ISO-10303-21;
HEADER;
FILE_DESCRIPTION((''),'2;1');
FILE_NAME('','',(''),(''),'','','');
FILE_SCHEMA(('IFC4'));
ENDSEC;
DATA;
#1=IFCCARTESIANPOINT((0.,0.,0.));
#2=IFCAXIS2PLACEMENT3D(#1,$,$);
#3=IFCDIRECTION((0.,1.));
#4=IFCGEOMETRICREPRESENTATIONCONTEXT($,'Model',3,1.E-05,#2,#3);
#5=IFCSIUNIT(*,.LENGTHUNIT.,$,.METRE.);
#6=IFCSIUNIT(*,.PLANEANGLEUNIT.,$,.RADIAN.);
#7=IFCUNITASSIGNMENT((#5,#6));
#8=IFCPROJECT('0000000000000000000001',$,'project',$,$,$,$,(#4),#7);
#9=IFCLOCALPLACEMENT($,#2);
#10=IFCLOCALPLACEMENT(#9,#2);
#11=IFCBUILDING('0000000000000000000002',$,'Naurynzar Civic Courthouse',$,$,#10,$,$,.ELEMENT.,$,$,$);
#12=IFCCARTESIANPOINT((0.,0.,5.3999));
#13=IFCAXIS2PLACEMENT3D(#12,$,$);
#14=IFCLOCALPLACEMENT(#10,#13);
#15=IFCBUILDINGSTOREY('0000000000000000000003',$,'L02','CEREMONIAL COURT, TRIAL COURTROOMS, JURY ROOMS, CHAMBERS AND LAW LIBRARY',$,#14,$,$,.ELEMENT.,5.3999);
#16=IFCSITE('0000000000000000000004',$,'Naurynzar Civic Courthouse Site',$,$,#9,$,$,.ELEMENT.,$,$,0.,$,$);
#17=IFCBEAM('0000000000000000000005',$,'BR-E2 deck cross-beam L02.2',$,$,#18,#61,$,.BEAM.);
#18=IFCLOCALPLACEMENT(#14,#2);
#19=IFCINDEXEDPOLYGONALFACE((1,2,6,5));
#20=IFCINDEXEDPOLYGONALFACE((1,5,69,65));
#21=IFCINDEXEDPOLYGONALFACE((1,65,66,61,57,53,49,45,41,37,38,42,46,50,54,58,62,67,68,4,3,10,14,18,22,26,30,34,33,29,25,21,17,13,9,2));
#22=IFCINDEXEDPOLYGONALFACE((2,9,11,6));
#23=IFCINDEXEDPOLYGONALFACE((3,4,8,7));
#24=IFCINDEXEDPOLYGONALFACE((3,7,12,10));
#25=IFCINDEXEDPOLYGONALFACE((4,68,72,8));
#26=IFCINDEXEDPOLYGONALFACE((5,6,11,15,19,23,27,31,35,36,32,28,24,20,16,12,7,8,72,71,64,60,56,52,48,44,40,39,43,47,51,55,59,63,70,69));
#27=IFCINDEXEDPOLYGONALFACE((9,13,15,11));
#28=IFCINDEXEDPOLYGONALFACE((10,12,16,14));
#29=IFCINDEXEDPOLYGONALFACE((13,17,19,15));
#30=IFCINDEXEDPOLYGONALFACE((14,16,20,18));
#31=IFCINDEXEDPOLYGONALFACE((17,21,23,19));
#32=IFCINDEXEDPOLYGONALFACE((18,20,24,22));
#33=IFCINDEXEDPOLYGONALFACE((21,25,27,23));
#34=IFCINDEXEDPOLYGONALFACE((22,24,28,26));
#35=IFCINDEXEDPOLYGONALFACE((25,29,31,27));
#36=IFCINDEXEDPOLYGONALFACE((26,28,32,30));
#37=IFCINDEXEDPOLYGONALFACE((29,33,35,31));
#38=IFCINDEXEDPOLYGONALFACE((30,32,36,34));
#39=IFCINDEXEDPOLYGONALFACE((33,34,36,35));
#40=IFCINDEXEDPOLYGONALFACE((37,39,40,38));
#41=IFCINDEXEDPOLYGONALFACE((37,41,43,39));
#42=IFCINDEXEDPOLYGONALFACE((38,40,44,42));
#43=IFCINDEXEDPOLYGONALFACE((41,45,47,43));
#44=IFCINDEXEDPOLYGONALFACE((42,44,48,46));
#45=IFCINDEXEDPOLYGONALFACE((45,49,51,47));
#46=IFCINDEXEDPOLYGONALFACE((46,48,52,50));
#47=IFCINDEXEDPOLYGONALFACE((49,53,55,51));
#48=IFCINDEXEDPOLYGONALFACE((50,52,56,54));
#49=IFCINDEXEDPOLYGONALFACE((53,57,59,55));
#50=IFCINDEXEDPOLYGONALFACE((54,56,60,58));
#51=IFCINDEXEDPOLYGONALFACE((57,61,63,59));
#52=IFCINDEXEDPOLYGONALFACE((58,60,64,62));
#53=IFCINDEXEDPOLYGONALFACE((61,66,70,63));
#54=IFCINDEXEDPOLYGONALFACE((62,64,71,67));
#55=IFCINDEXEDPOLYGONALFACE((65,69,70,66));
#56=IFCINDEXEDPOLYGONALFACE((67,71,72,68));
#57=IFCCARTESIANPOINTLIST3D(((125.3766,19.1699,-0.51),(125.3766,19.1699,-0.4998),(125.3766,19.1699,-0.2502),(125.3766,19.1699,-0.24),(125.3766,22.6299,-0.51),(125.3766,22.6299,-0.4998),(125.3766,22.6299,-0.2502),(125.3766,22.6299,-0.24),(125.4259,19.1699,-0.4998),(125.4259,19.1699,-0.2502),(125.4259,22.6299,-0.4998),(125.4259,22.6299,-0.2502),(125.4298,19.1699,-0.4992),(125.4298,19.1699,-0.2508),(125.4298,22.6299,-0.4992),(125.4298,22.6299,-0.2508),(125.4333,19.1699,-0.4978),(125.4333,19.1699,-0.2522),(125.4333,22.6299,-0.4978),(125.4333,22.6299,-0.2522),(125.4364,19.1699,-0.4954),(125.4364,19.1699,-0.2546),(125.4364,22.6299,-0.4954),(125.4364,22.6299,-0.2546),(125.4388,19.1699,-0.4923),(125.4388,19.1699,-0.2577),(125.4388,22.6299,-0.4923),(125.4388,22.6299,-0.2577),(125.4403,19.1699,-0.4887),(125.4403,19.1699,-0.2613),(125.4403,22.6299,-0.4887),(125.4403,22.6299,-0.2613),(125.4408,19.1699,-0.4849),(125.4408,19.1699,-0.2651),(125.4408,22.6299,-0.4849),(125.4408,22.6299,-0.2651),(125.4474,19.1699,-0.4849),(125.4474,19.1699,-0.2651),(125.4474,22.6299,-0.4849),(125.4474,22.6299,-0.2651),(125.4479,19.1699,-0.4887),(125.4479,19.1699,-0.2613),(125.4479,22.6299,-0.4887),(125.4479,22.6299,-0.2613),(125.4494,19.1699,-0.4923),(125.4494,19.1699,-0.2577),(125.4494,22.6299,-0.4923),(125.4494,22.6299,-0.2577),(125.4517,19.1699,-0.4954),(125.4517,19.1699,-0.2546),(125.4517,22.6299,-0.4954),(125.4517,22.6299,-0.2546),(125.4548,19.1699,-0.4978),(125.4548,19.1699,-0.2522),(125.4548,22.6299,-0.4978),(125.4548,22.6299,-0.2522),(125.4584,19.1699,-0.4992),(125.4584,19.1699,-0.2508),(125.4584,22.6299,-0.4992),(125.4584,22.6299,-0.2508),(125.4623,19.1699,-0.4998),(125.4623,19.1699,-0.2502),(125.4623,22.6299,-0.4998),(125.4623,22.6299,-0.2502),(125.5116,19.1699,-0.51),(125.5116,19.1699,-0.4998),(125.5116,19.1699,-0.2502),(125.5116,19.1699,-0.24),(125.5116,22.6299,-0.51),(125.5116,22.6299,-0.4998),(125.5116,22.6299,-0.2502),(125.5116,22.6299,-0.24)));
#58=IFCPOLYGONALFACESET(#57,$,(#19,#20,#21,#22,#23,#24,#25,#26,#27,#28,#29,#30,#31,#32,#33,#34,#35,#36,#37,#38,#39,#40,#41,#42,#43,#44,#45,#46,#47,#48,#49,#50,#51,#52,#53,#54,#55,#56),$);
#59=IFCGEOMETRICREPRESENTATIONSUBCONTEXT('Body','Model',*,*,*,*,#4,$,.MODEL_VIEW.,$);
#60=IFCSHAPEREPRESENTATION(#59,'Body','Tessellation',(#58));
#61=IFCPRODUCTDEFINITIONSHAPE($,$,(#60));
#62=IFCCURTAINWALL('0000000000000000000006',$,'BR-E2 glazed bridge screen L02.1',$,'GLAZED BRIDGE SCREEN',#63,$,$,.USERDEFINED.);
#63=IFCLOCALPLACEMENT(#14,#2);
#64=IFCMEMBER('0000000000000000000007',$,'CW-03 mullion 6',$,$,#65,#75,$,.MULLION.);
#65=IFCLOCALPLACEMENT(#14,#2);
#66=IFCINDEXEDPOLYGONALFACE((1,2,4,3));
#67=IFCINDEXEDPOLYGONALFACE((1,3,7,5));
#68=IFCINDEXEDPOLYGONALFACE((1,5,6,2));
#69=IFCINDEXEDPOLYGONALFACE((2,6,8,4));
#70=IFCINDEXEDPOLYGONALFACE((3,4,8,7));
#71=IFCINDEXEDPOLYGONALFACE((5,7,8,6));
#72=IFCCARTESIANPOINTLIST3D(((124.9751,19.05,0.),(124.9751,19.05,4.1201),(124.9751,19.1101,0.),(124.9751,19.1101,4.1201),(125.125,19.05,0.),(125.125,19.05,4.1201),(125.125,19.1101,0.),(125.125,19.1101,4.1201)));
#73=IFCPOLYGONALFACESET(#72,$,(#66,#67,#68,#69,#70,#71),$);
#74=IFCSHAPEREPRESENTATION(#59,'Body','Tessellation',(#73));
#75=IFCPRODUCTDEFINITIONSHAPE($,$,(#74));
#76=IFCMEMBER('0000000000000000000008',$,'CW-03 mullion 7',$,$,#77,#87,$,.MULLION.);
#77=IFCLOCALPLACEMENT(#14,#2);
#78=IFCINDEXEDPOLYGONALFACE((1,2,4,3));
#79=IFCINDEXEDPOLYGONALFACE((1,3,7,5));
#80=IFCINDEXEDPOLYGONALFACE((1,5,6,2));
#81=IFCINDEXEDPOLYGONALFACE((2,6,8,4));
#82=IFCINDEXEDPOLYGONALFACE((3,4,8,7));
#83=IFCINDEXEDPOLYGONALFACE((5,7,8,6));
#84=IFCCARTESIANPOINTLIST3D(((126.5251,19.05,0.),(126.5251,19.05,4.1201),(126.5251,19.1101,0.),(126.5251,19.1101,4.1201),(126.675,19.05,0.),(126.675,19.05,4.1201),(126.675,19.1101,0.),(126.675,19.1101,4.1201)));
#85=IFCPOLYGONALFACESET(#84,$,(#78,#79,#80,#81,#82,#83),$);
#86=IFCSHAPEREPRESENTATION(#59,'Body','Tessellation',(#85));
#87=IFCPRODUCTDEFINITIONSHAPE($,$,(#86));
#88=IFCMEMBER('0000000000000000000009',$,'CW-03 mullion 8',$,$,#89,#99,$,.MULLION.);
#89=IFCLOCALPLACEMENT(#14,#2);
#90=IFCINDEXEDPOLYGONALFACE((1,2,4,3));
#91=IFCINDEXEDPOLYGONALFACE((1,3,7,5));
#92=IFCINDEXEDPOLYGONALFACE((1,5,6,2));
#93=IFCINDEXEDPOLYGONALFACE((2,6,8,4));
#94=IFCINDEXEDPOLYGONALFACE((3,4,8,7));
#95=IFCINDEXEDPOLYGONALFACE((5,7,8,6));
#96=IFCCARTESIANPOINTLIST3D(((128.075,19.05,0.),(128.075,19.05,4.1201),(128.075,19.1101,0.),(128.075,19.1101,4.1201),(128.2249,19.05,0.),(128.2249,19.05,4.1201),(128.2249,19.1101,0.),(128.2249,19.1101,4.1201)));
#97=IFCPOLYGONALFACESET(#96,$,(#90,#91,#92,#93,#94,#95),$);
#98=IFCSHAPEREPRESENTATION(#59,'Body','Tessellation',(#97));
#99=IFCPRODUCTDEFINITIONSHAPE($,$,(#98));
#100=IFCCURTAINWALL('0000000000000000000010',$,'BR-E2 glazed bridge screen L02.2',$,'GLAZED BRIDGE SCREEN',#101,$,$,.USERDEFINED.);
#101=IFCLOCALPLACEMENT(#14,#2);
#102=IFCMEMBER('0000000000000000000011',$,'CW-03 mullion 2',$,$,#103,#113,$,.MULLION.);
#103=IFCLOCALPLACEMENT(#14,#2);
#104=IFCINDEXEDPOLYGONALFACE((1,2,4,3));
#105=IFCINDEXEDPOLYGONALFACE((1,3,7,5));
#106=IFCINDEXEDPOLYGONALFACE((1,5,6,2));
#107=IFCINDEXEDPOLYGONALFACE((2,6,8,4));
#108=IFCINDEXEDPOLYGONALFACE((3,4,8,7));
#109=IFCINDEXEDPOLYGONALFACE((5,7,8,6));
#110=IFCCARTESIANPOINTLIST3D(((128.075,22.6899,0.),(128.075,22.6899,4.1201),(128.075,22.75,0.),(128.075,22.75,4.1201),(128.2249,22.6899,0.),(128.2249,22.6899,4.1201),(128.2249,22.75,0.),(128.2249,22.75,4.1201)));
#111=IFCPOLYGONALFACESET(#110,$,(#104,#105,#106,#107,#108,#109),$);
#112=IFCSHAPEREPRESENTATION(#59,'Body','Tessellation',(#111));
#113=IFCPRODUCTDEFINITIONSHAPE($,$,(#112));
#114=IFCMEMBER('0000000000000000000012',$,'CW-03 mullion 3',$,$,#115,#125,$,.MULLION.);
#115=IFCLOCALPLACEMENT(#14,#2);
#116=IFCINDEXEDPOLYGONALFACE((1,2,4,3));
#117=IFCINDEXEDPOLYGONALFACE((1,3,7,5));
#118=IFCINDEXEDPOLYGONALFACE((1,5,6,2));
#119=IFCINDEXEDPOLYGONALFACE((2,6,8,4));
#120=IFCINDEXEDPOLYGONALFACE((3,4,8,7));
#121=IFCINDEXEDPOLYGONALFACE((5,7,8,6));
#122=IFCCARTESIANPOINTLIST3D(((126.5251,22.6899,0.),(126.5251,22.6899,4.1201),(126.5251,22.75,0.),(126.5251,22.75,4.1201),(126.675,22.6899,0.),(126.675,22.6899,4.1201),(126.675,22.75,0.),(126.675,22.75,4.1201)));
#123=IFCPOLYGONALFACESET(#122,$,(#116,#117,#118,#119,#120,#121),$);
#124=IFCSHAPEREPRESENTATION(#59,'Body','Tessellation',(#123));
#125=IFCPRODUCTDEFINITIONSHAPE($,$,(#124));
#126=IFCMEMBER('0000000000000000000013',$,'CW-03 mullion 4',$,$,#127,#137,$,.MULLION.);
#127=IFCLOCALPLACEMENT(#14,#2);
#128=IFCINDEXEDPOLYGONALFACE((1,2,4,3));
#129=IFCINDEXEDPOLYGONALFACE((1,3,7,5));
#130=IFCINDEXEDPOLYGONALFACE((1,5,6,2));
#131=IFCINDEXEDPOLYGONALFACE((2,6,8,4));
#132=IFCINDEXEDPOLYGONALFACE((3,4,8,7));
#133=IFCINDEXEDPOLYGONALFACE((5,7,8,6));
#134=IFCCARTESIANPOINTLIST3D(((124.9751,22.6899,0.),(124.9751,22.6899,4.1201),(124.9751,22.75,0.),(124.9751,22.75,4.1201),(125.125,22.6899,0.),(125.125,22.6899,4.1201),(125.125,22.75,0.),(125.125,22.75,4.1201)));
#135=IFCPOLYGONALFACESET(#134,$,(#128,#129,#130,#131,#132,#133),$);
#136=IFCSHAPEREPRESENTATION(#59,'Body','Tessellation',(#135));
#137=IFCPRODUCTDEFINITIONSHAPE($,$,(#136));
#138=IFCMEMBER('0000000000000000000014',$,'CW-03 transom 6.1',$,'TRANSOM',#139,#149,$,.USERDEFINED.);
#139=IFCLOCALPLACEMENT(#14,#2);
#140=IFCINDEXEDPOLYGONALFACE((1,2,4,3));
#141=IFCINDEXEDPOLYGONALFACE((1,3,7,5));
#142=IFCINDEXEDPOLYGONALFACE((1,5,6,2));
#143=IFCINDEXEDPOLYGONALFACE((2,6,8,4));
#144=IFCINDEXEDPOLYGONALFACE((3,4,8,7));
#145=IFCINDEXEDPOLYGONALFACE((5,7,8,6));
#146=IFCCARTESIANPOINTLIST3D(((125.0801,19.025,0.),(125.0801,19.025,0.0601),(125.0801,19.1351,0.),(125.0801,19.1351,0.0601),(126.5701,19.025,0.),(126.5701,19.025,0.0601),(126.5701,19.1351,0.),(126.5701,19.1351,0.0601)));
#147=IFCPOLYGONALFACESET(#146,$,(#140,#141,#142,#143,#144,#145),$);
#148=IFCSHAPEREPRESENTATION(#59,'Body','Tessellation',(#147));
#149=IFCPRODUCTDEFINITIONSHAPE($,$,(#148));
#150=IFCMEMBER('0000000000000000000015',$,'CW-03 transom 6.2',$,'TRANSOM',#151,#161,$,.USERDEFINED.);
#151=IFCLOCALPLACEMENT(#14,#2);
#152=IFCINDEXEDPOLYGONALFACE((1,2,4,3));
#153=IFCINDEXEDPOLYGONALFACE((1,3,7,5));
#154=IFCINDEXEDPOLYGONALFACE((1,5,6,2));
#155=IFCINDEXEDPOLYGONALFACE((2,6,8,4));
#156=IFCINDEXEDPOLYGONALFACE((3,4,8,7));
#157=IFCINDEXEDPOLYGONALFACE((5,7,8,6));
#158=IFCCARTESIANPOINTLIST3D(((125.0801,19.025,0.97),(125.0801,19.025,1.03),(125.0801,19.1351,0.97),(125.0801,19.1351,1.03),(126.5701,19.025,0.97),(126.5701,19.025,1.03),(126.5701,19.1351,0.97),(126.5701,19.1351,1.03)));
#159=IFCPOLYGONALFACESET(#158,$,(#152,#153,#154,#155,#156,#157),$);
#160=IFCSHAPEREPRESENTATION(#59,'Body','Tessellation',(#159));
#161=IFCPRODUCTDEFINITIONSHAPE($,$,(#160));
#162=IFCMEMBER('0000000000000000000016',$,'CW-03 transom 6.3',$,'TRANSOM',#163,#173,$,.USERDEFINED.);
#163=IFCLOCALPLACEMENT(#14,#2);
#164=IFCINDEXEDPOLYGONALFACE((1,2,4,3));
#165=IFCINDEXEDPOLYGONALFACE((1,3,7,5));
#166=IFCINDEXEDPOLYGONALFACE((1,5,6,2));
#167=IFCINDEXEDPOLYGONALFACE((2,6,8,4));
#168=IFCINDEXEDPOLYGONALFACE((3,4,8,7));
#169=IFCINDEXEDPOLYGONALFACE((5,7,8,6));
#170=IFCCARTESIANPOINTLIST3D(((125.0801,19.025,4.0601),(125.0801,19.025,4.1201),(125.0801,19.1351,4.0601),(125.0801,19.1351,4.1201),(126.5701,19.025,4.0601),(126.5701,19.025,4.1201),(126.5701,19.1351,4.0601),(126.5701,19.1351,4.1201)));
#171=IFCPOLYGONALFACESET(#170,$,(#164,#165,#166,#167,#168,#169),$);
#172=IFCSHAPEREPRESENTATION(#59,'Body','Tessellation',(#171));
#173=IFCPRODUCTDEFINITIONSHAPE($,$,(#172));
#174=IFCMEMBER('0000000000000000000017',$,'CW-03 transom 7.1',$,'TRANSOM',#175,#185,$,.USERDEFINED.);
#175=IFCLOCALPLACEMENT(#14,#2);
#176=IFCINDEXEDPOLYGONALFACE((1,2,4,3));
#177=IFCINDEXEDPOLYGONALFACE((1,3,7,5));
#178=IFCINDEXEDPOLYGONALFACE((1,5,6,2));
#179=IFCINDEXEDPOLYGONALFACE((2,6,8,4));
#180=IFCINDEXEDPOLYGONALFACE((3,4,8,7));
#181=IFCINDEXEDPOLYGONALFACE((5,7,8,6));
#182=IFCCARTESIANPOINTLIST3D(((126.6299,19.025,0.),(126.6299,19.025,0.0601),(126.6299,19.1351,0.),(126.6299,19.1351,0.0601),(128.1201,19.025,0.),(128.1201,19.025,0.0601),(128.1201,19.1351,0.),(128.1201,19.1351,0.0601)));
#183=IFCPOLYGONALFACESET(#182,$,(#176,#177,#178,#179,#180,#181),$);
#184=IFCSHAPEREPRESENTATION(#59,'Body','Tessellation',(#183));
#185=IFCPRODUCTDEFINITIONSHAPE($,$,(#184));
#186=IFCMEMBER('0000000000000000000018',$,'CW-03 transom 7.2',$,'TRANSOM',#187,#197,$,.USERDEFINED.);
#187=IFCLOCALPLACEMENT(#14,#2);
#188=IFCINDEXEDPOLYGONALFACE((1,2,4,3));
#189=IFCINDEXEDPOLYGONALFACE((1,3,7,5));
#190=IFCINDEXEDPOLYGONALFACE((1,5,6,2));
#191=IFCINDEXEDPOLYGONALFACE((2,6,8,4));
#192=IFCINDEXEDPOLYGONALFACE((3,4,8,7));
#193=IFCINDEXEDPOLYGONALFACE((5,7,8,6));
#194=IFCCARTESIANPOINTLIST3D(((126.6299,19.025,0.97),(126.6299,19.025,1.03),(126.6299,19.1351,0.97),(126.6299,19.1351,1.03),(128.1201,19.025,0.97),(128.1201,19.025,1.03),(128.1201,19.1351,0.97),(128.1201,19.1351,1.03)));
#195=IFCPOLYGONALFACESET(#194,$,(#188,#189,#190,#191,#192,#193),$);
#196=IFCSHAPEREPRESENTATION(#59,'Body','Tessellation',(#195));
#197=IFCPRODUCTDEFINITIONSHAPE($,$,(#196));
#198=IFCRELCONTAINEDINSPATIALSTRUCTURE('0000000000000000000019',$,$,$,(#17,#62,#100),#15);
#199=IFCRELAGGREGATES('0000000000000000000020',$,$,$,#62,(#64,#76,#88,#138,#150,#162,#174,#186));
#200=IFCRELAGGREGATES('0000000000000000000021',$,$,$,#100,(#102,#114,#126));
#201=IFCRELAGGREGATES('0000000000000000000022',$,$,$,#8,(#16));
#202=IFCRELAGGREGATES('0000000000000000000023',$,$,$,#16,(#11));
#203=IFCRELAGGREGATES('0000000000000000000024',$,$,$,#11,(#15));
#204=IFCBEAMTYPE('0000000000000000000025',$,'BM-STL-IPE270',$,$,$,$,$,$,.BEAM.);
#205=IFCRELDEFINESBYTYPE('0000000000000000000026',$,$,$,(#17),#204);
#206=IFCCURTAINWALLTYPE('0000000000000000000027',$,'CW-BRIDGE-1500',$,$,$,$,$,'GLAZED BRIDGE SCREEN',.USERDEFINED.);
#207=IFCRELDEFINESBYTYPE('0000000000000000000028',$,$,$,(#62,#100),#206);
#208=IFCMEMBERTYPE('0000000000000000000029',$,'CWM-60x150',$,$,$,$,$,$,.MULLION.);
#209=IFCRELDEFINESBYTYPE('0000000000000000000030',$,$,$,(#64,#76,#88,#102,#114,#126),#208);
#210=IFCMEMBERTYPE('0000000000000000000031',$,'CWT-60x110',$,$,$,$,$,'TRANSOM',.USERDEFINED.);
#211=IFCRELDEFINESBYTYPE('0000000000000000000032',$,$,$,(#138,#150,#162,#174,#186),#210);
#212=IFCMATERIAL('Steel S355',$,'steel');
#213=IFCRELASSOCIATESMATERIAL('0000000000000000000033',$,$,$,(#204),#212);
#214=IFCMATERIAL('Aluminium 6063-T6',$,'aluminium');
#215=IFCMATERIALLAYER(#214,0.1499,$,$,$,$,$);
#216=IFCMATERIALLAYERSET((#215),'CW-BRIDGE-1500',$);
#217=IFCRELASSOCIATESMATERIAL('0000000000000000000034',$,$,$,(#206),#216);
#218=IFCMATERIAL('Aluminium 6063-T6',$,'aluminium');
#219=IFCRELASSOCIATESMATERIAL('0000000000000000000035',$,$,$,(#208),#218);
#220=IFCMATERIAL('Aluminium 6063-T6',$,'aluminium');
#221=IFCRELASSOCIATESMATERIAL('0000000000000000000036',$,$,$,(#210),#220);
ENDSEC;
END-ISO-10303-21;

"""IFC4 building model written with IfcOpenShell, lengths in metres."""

from ifc_helpers import new_model, si_unit, direction, frame, origin, origin_2d, place, context, subcontext, project, spatial, rectangle, i_section, extrude, material, layer, layer_set, material_profile, profile_set, type_object, element, aggregate, save


model = new_model("IFC4")

# Units and contexts
model_context = context("Model", 3, precision=1e-05, world=origin(), true_north=direction((0.0, 1.0)))
body_context = subcontext(model_context, "Body", "Model", "MODEL_VIEW")
ifc_project = project(units=[si_unit("LENGTHUNIT", "METRE"), si_unit("PLANEANGLEUNIT", "RADIAN")], contexts=[model_context])

# Site, building, storey
site_placement = place(None, origin())
site = spatial("IfcSite", under=ifc_project, at=site_placement, Name="Naurynzar Civic Courthouse Site", CompositionType="ELEMENT", RefElevation=0.0)
building_placement = place(site_placement, origin())
building = spatial("IfcBuilding", under=site, at=building_placement, Name="Naurynzar Civic Courthouse", CompositionType="ELEMENT")
storey_placement = place(building_placement, frame((0.0, 0.0, 5.3999)))
storey = spatial("IfcBuildingStorey", under=building, at=storey_placement, Name="L02", Description="CEREMONIAL COURT, TRIAL COURTROOMS, JURY ROOMS, CHAMBERS AND LAW LIBRARY", CompositionType="ELEMENT", Elevation=5.3999)

# Beam
ifc_material_1 = material(Name="Steel S355", Category="steel")
ifc_material_profile_1 = material_profile(ifc_material_1, i_section(OverallWidth=0.135, OverallDepth=0.27, WebThickness=0.0066, FlangeThickness=0.0103, FilletRadius=0.0149, at=origin_2d()), Name="IPE 270")
ifc_profile_set_1 = profile_set([ifc_material_profile_1], Name="Steel S355")
beam_type = type_object("IfcBeamType", Name="BM-STL-IPE270", PredefinedType="BEAM", material=ifc_profile_set_1)
beam_placement = place(storey_placement, frame((125.4441, 19.1699, -0.375), z_axis=(0.0, 1.0, 0.0), x_axis=(-1.0, 0.0, 0.0)))
element("IfcBeam", 1, at=beam_placement, inside=storey, type_object=beam_type, Name="BR-E2 deck cross-beam L02.2", PredefinedType="BEAM", context=body_context, shape_type="SweptSolid", body=[
    extrude(i_section(OverallWidth=0.135, OverallDepth=0.27, WebThickness=0.0066, FlangeThickness=0.0103, FilletRadius=0.0149, at=origin_2d()), origin(), (0.0, 0.0, 1.0), 3.46),
])

# Curtain walls, members
ifc_material_2 = material(Name="Aluminium 6063-T6", Category="aluminium")
ifc_layer_1 = layer(ifc_material_2, 0.1499)
ifc_layer_set_1 = layer_set([ifc_layer_1], Name="CW-BRIDGE-1500")
curtain_wall_type = type_object("IfcCurtainWallType", Name="CW-BRIDGE-1500", ElementType="GLAZED BRIDGE SCREEN", PredefinedType="USERDEFINED", material=ifc_layer_set_1)
curtain_wall_1_placement = place(storey_placement, origin())
curtain_wall_1 = element("IfcCurtainWall", 2, at=curtain_wall_1_placement, inside=storey, type_object=curtain_wall_type, Name="BR-E2 glazed bridge screen L02.1", ObjectType="GLAZED BRIDGE SCREEN", PredefinedType="USERDEFINED")
ifc_material_3 = material(Name="Aluminium 6063-T6", Category="aluminium")
ifc_material_profile_2 = material_profile(ifc_material_3, rectangle(XDim=0.0601, YDim=0.1499, at=origin_2d()), Name="ALU MULLION 60x150")
ifc_profile_set_2 = profile_set([ifc_material_profile_2], Name="Aluminium 6063-T6")
member_type_1 = type_object("IfcMemberType", Name="CWM-60x150", PredefinedType="MULLION", material=ifc_profile_set_2)
member_1_placement = place(storey_placement, frame((125.05, 19.0801, 0.0), z_axis=(0.0, 0.0, 1.0), x_axis=(0.0, 1.0, 0.0)))
member_1 = element("IfcMember", 3, at=member_1_placement, type_object=member_type_1, Name="CW-03 mullion 6", PredefinedType="MULLION", context=body_context, shape_type="SweptSolid", body=[
    extrude(rectangle(XDim=0.0601, YDim=0.1499, at=origin_2d()), origin(), (0.0, 0.0, 1.0), 4.1201),
])
member_2_placement = place(storey_placement, frame((126.6001, 19.0801, 0.0), z_axis=(0.0, 0.0, 1.0), x_axis=(0.0, 1.0, 0.0)))
member_2 = element("IfcMember", 4, at=member_2_placement, type_object=member_type_1, Name="CW-03 mullion 7", PredefinedType="MULLION", context=body_context, shape_type="SweptSolid", body=[
    extrude(rectangle(XDim=0.0601, YDim=0.1499, at=origin_2d()), origin(), (0.0, 0.0, 1.0), 4.1201),
])
member_3_placement = place(storey_placement, frame((128.1499, 19.0801, 0.0), z_axis=(0.0, 0.0, 1.0), x_axis=(0.0, 1.0, 0.0)))
member_3 = element("IfcMember", 5, at=member_3_placement, type_object=member_type_1, Name="CW-03 mullion 8", PredefinedType="MULLION", context=body_context, shape_type="SweptSolid", body=[
    extrude(rectangle(XDim=0.0601, YDim=0.1499, at=origin_2d()), origin(), (0.0, 0.0, 1.0), 4.1201),
])
curtain_wall_2_placement = place(storey_placement, origin())
curtain_wall_2 = element("IfcCurtainWall", 6, at=curtain_wall_2_placement, inside=storey, type_object=curtain_wall_type, Name="BR-E2 glazed bridge screen L02.2", ObjectType="GLAZED BRIDGE SCREEN", PredefinedType="USERDEFINED")
member_4_placement = place(storey_placement, frame((128.1499, 22.72, 0.0), z_axis=(0.0, 0.0, 1.0), x_axis=(0.0, -1.0, 0.0)))
member_4 = element("IfcMember", 7, at=member_4_placement, type_object=member_type_1, Name="CW-03 mullion 2", PredefinedType="MULLION", context=body_context, shape_type="SweptSolid", body=[
    extrude(rectangle(XDim=0.0601, YDim=0.1499, at=origin_2d()), origin(), (0.0, 0.0, 1.0), 4.1201),
])
member_5_placement = place(storey_placement, frame((126.6001, 22.72, 0.0), z_axis=(0.0, 0.0, 1.0), x_axis=(0.0, -1.0, 0.0)))
member_5 = element("IfcMember", 8, at=member_5_placement, type_object=member_type_1, Name="CW-03 mullion 3", PredefinedType="MULLION", context=body_context, shape_type="SweptSolid", body=[
    extrude(rectangle(XDim=0.0601, YDim=0.1499, at=origin_2d()), origin(), (0.0, 0.0, 1.0), 4.1201),
])
member_6_placement = place(storey_placement, frame((125.05, 22.72, 0.0), z_axis=(0.0, 0.0, 1.0), x_axis=(0.0, -1.0, 0.0)))
member_6 = element("IfcMember", 9, at=member_6_placement, type_object=member_type_1, Name="CW-03 mullion 4", PredefinedType="MULLION", context=body_context, shape_type="SweptSolid", body=[
    extrude(rectangle(XDim=0.0601, YDim=0.1499, at=origin_2d()), origin(), (0.0, 0.0, 1.0), 4.1201),
])

# Members
ifc_material_4 = material(Name="Aluminium 6063-T6", Category="aluminium")
ifc_material_profile_3 = material_profile(ifc_material_4, rectangle(XDim=0.1101, YDim=0.0601, at=origin_2d()), Name="ALU TRANSOM 60x110")
ifc_profile_set_3 = profile_set([ifc_material_profile_3], Name="Aluminium 6063-T6")
member_type_2 = type_object("IfcMemberType", Name="CWT-60x110", ElementType="TRANSOM", PredefinedType="USERDEFINED", material=ifc_profile_set_3)
member_7_placement = place(storey_placement, frame((125.0801, 19.0801, 0.03), z_axis=(1.0, 0.0, 0.0), x_axis=(0.0, 1.0, 0.0)))
member_7 = element("IfcMember", 10, at=member_7_placement, type_object=member_type_2, Name="CW-03 transom 6.1", ObjectType="TRANSOM", PredefinedType="USERDEFINED", context=body_context, shape_type="SweptSolid", body=[
    extrude(rectangle(XDim=0.1101, YDim=0.0601, at=origin_2d()), origin(), (0.0, 0.0, 1.0), 1.49),
])
member_8_placement = place(storey_placement, frame((125.0801, 19.0801, 1.0), z_axis=(1.0, 0.0, 0.0), x_axis=(0.0, 1.0, 0.0)))
member_8 = element("IfcMember", 11, at=member_8_placement, type_object=member_type_2, Name="CW-03 transom 6.2", ObjectType="TRANSOM", PredefinedType="USERDEFINED", context=body_context, shape_type="SweptSolid", body=[
    extrude(rectangle(XDim=0.1101, YDim=0.0601, at=origin_2d()), origin(), (0.0, 0.0, 1.0), 1.49),
])
member_9_placement = place(storey_placement, frame((125.0801, 19.0801, 4.0901), z_axis=(1.0, 0.0, 0.0), x_axis=(0.0, 1.0, 0.0)))
member_9 = element("IfcMember", 12, at=member_9_placement, type_object=member_type_2, Name="CW-03 transom 6.3", ObjectType="TRANSOM", PredefinedType="USERDEFINED", context=body_context, shape_type="SweptSolid", body=[
    extrude(rectangle(XDim=0.1101, YDim=0.0601, at=origin_2d()), origin(), (0.0, 0.0, 1.0), 1.49),
])
member_10_placement = place(storey_placement, frame((126.6299, 19.0801, 0.03), z_axis=(1.0, 0.0, 0.0), x_axis=(0.0, 1.0, 0.0)))
member_10 = element("IfcMember", 13, at=member_10_placement, type_object=member_type_2, Name="CW-03 transom 7.1", ObjectType="TRANSOM", PredefinedType="USERDEFINED", context=body_context, shape_type="SweptSolid", body=[
    extrude(rectangle(XDim=0.1101, YDim=0.0601, at=origin_2d()), origin(), (0.0, 0.0, 1.0), 1.4902),
])
member_11_placement = place(storey_placement, frame((126.6299, 19.0801, 1.0), z_axis=(1.0, 0.0, 0.0), x_axis=(0.0, 1.0, 0.0)))
member_11 = element("IfcMember", 14, at=member_11_placement, type_object=member_type_2, Name="CW-03 transom 7.2", ObjectType="TRANSOM", PredefinedType="USERDEFINED", context=body_context, shape_type="SweptSolid", body=[
    extrude(rectangle(XDim=0.1101, YDim=0.0601, at=origin_2d()), origin(), (0.0, 0.0, 1.0), 1.4902),
])

aggregate(curtain_wall_1, [member_1, member_2, member_3, member_7, member_8, member_9, member_10, member_11])
aggregate(curtain_wall_2, [member_4, member_5, member_6])

save(model, "model.ifc")
